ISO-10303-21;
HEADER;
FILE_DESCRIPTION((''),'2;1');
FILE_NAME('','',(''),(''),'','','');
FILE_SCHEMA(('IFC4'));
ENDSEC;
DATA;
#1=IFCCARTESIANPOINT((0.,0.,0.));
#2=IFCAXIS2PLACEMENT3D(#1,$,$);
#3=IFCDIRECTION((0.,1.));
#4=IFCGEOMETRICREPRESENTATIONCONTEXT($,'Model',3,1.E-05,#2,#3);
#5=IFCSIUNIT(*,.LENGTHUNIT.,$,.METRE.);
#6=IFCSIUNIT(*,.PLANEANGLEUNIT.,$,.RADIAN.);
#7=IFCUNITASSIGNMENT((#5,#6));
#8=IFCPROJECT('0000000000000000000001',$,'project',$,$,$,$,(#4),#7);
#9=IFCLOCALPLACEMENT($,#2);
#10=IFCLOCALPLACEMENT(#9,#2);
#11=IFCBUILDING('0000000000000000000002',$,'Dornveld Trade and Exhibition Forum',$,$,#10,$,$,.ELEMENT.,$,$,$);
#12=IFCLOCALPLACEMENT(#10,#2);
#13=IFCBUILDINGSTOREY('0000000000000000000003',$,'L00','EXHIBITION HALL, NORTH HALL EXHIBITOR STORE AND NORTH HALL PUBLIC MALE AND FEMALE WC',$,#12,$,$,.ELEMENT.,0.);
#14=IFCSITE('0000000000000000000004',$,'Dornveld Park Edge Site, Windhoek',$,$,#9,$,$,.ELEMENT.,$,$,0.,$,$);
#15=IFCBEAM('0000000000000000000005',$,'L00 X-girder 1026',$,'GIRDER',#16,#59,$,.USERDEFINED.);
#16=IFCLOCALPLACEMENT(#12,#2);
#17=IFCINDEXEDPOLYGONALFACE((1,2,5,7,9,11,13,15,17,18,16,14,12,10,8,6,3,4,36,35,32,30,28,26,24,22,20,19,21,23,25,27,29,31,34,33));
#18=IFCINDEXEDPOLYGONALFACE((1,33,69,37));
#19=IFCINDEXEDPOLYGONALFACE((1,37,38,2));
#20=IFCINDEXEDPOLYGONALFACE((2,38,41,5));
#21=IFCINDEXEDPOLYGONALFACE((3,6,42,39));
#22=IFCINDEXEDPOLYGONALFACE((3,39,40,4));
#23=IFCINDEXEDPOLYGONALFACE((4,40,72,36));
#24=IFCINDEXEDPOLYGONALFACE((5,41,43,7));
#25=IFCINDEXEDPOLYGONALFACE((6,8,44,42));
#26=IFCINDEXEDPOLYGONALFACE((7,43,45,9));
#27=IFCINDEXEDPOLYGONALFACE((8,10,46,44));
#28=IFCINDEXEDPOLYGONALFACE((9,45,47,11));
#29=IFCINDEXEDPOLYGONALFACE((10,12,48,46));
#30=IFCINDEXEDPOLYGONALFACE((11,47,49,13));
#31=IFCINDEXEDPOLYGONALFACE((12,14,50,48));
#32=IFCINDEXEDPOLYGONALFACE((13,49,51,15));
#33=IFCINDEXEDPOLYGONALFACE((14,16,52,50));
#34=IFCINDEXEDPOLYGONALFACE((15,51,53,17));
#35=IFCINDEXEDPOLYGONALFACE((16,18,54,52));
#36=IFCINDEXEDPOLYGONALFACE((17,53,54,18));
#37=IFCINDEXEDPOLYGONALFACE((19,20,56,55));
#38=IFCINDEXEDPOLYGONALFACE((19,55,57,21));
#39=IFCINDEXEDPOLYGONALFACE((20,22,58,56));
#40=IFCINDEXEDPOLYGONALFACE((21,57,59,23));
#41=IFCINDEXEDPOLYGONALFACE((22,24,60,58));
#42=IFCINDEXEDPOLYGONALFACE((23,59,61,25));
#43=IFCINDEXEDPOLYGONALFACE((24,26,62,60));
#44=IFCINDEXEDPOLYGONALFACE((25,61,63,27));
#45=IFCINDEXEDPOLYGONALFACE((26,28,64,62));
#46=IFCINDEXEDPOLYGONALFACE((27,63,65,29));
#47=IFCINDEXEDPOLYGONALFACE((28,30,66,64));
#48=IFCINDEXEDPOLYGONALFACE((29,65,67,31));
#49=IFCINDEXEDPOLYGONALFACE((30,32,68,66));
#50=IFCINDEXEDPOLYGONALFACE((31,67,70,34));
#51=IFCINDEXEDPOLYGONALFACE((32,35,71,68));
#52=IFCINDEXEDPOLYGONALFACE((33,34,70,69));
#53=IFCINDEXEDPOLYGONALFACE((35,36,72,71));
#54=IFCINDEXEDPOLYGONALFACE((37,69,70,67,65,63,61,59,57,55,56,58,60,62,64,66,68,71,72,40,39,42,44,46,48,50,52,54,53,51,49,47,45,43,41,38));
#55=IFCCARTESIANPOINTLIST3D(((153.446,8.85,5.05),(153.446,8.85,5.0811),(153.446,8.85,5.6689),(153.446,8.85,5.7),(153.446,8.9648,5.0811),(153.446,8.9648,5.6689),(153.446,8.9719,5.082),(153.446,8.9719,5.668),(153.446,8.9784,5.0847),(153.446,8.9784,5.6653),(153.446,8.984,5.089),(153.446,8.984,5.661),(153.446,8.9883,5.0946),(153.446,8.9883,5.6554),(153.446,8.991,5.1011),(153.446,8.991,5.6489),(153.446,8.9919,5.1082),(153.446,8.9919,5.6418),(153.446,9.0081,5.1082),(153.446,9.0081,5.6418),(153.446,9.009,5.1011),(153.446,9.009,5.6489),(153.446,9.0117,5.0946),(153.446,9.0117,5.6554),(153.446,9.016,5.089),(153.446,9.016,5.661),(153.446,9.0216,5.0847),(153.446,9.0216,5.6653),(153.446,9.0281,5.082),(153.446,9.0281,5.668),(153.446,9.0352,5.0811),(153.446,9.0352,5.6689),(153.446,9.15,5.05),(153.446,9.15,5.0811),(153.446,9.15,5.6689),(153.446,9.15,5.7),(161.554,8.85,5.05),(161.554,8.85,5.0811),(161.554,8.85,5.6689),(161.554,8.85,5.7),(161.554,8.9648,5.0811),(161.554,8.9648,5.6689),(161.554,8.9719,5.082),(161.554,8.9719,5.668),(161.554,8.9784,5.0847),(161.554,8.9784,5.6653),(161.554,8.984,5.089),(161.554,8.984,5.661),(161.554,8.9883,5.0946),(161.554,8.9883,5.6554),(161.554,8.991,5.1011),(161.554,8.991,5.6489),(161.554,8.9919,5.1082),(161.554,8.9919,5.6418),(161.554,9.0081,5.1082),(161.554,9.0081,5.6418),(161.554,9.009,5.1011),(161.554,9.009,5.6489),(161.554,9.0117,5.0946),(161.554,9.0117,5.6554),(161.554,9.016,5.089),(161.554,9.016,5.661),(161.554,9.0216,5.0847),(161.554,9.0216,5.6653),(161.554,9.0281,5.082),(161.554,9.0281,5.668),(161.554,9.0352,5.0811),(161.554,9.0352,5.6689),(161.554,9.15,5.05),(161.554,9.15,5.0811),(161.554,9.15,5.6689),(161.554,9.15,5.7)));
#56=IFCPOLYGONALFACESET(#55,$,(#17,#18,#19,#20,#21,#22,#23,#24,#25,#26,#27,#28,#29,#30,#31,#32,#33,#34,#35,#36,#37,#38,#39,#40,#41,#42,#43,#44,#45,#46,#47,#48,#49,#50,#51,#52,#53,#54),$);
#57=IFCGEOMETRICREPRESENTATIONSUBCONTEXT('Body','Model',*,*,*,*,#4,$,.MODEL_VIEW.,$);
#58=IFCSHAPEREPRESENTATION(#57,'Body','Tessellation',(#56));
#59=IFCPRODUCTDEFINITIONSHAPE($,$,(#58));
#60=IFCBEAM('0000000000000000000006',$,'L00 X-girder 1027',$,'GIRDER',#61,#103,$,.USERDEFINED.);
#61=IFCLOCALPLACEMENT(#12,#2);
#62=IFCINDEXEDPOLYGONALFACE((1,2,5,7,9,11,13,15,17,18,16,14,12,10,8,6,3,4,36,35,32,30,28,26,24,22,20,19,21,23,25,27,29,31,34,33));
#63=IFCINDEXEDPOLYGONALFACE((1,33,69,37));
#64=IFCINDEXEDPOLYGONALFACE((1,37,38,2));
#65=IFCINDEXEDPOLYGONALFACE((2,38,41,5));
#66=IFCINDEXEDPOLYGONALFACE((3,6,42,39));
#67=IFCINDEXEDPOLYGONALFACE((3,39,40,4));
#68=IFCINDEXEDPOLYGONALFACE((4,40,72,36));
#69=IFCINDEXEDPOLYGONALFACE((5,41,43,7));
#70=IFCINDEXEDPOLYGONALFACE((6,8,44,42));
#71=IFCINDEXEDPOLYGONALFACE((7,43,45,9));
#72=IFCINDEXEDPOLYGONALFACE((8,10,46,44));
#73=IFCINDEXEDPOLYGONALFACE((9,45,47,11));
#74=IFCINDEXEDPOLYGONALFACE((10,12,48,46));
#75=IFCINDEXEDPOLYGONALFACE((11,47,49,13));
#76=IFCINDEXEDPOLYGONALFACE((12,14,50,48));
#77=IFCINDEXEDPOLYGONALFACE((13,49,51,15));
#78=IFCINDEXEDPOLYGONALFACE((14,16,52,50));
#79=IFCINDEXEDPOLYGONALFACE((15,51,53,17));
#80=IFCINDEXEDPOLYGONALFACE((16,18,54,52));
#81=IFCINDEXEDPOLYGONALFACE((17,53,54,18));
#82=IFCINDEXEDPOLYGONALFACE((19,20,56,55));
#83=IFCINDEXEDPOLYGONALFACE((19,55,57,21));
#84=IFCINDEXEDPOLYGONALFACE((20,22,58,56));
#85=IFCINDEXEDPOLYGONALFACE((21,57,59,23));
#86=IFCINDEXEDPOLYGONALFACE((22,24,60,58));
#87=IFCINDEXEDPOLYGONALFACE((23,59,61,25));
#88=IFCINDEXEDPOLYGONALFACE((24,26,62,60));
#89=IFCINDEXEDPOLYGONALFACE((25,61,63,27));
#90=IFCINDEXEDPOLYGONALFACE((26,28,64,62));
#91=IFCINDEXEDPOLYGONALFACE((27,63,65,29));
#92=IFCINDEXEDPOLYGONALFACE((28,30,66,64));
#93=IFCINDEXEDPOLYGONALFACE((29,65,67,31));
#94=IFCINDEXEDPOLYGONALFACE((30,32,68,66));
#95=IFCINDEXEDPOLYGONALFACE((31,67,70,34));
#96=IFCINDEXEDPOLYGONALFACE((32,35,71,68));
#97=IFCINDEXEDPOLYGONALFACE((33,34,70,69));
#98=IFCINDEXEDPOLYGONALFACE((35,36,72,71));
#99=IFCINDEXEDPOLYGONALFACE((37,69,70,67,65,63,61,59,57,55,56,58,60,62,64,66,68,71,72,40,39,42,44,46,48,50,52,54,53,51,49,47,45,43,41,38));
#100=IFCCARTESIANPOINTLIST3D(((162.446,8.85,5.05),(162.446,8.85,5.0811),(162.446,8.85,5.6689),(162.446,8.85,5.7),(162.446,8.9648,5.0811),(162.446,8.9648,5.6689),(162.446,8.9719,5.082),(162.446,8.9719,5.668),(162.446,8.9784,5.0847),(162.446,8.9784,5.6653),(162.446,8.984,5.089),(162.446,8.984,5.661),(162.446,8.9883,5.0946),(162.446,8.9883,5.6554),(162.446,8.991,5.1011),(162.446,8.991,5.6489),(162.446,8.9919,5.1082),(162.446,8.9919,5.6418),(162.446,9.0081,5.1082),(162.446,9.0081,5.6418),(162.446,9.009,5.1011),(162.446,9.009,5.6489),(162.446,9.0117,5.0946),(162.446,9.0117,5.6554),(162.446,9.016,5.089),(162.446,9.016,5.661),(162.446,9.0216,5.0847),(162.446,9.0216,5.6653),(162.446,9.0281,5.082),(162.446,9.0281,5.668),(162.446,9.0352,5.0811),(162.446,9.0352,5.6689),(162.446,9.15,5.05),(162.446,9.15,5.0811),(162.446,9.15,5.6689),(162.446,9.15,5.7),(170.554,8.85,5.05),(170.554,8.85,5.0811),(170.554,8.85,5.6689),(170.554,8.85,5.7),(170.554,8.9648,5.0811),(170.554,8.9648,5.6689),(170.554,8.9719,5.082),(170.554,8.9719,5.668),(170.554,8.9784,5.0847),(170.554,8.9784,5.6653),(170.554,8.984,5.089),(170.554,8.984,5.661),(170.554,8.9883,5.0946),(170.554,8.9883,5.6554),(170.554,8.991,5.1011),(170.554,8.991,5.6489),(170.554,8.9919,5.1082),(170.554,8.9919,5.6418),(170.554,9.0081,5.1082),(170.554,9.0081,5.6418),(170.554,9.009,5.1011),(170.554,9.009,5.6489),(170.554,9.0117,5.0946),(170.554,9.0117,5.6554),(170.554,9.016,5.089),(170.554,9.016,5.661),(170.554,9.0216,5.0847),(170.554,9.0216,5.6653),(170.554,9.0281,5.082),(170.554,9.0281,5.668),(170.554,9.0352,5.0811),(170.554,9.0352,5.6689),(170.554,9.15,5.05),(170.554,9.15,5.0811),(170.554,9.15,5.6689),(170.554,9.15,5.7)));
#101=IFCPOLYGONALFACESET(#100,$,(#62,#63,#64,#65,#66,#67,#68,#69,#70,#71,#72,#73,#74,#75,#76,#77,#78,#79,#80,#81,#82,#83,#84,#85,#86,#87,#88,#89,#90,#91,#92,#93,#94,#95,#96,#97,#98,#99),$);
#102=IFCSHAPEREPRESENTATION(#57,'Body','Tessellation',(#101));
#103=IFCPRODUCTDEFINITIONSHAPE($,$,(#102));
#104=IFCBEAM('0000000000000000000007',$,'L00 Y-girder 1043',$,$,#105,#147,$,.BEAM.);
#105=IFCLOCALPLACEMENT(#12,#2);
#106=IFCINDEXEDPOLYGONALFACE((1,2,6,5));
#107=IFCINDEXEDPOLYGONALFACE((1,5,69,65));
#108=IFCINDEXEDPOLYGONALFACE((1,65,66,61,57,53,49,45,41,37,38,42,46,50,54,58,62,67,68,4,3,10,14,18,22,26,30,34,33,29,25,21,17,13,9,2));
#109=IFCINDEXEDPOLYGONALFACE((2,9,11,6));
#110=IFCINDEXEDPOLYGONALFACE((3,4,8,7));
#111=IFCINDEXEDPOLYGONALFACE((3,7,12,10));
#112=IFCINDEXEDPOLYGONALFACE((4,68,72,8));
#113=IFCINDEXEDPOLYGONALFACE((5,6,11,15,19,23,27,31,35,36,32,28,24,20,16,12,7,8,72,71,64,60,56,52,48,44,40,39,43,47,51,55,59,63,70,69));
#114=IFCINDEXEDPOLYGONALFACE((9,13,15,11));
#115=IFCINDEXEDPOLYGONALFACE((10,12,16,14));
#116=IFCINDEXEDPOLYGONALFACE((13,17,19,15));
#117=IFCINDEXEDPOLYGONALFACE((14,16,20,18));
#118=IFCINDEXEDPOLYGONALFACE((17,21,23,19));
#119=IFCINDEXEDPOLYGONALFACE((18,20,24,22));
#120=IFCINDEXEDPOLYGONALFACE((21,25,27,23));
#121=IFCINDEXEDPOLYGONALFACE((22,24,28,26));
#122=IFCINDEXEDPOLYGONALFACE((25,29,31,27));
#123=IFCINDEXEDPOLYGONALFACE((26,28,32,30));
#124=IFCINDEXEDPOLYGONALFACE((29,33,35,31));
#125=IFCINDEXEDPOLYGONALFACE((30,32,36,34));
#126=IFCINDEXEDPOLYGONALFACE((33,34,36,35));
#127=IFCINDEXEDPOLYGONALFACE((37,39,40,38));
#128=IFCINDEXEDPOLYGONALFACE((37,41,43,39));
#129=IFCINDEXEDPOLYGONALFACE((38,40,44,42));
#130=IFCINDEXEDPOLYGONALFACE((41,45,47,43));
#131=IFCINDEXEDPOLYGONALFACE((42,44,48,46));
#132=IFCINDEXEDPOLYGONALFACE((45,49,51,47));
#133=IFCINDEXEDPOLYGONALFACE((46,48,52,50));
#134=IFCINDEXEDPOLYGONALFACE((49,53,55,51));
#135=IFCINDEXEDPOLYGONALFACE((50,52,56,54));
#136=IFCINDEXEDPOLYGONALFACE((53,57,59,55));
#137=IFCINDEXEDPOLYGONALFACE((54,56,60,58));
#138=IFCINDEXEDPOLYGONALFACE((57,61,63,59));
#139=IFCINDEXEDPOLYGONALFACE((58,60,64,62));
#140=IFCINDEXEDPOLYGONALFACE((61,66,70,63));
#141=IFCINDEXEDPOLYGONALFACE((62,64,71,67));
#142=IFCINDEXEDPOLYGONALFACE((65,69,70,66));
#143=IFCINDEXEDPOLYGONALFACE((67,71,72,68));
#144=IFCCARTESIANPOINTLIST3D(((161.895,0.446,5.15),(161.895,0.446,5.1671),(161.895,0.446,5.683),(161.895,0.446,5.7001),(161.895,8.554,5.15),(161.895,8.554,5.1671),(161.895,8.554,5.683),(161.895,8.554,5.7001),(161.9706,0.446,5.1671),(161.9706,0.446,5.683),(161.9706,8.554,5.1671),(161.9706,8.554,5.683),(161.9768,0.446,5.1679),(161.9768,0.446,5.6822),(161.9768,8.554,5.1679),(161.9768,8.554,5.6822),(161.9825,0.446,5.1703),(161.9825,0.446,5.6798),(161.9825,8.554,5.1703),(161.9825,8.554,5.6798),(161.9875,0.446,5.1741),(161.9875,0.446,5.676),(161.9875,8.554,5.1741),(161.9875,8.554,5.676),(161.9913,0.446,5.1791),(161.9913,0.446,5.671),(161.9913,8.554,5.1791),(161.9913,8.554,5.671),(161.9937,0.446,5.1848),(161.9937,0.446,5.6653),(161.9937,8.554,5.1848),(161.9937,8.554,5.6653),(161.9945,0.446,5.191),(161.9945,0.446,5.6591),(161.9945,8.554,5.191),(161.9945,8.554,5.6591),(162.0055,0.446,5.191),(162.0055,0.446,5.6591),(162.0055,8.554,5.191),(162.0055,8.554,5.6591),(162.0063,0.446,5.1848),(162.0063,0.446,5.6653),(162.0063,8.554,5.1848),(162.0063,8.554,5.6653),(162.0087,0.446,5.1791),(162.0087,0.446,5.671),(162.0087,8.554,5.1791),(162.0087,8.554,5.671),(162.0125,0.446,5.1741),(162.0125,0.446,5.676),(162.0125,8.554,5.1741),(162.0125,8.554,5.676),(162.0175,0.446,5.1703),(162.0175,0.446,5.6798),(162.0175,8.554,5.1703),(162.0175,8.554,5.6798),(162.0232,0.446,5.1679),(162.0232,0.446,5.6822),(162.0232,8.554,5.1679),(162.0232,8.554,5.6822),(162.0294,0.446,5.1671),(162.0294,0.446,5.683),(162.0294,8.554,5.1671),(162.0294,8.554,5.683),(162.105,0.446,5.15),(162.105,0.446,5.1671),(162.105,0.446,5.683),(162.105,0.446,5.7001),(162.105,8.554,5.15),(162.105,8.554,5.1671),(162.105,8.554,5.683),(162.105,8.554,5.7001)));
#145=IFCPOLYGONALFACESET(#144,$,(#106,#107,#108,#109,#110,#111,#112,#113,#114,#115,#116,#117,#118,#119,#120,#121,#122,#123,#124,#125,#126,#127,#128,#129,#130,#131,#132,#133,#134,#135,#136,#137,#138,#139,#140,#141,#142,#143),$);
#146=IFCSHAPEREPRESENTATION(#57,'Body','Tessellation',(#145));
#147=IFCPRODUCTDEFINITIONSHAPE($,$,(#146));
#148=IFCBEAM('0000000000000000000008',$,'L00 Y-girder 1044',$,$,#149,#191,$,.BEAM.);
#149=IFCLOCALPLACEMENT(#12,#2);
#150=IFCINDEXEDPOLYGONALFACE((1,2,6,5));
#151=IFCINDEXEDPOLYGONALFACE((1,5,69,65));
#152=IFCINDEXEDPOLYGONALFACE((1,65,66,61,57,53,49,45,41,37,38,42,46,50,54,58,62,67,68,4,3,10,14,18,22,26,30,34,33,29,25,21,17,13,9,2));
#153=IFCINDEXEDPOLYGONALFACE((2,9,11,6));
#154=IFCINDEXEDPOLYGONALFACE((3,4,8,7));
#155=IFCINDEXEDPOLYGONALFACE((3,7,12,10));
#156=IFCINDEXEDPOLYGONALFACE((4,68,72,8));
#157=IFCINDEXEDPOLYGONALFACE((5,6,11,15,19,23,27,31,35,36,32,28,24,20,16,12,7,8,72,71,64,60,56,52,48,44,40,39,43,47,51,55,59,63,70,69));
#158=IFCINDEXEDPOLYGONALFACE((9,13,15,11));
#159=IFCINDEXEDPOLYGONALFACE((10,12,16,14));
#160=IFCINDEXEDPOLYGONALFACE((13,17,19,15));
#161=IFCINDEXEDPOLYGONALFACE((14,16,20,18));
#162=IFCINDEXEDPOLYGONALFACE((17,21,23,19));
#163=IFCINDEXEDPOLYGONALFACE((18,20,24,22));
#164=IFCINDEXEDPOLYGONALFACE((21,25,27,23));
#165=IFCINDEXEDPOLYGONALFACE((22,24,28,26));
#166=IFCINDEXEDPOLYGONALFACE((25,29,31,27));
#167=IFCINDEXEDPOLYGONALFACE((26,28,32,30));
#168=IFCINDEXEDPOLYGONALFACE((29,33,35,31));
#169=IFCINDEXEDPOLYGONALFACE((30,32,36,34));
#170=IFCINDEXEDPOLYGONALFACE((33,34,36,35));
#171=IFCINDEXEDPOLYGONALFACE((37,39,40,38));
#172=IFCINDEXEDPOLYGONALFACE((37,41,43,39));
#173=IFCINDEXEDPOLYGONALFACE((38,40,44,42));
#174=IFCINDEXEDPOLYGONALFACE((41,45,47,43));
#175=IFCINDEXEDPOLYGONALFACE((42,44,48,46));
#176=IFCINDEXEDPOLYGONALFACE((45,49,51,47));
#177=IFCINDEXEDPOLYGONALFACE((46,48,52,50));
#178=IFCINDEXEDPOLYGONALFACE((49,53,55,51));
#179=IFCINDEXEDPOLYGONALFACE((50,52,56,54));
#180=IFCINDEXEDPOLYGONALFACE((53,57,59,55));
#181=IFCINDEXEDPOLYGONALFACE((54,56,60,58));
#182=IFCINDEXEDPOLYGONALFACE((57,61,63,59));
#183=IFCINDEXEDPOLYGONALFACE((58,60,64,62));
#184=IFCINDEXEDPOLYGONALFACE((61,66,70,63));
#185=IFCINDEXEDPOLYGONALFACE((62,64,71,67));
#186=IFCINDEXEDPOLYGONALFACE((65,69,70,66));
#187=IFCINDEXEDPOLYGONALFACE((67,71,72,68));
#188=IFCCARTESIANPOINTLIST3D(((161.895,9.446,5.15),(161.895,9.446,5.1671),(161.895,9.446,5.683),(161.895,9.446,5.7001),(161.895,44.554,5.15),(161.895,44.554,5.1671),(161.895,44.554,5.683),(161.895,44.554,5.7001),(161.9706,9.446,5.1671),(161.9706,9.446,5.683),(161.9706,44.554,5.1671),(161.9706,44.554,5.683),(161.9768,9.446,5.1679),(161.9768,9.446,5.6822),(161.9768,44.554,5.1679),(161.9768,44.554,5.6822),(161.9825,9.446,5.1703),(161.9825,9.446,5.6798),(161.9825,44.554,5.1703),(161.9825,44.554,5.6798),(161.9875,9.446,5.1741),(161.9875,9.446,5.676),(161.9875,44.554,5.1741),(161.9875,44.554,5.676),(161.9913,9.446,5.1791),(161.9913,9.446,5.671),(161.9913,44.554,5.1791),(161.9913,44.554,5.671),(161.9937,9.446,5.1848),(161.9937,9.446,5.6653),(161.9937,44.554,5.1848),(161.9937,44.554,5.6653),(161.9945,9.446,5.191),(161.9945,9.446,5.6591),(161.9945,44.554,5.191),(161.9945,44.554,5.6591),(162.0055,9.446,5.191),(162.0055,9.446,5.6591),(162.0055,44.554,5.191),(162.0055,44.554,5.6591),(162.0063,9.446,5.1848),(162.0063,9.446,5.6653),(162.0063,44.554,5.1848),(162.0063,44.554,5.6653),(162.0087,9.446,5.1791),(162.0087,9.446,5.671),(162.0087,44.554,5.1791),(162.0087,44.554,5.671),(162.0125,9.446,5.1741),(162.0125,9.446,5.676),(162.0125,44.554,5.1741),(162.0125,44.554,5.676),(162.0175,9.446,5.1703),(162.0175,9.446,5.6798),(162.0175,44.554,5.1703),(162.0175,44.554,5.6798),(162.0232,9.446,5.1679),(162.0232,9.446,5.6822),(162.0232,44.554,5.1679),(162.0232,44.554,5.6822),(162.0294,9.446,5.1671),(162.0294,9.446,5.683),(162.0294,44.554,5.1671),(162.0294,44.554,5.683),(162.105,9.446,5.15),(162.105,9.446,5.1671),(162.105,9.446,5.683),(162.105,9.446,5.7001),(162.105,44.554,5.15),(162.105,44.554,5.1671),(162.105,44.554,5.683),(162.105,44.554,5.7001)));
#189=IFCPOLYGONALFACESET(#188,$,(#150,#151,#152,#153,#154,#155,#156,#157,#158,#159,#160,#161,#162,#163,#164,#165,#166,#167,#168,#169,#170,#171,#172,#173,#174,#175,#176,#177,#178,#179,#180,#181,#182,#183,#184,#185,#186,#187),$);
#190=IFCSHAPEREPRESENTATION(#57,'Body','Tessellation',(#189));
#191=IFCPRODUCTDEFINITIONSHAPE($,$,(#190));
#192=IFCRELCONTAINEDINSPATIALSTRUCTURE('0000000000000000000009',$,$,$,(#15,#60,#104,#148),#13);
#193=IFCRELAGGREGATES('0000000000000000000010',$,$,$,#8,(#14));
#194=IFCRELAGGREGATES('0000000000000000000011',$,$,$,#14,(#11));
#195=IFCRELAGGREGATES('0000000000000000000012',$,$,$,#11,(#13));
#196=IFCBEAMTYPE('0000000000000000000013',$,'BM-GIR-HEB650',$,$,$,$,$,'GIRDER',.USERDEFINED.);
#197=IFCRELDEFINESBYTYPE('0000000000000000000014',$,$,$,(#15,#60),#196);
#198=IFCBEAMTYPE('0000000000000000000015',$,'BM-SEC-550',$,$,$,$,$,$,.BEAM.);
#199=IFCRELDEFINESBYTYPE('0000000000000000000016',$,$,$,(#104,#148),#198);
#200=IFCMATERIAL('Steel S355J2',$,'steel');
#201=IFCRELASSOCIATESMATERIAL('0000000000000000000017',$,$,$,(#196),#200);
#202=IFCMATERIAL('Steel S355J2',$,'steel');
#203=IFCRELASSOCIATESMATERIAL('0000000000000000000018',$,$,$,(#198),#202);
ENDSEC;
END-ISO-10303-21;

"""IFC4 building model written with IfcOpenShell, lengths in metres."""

from ifc_helpers import new_model, si_unit, direction, frame, origin, origin_2d, place, context, subcontext, project, spatial, i_section, extrude, material, material_profile, profile_set, type_object, element, save


model = new_model("IFC4")

# Units and contexts
model_context = context("Model", 3, precision=1e-05, world=origin(), true_north=direction((0.0, 1.0)))
body_context = subcontext(model_context, "Body", "Model", "MODEL_VIEW")
ifc_project = project(units=[si_unit("LENGTHUNIT", "METRE"), si_unit("PLANEANGLEUNIT", "RADIAN")], contexts=[model_context])

# Site, building, storey
site_placement = place(None, origin())
site = spatial("IfcSite", under=ifc_project, at=site_placement, Name="Dornveld Park Edge Site, Windhoek", CompositionType="ELEMENT", RefElevation=0.0)
building_placement = place(site_placement, origin())
building = spatial("IfcBuilding", under=site, at=building_placement, Name="Dornveld Trade and Exhibition Forum", CompositionType="ELEMENT")
storey_placement = place(building_placement, origin())
storey = spatial("IfcBuildingStorey", under=building, at=storey_placement, Name="L00", Description="EXHIBITION HALL, NORTH HALL EXHIBITOR STORE AND NORTH HALL PUBLIC MALE AND FEMALE WC", CompositionType="ELEMENT", Elevation=0.0)

# Beams
ifc_material_1 = material(Name="Steel S355J2", Category="steel")
ifc_material_profile_1 = material_profile(ifc_material_1, i_section(OverallWidth=0.3, OverallDepth=0.6499, WebThickness=0.0161, FlangeThickness=0.031, FilletRadius=0.0271, at=origin_2d()), Name="HEB 650")
ifc_profile_set_1 = profile_set([ifc_material_profile_1], Name="Steel S355J2")
beam_type_1 = type_object("IfcBeamType", Name="BM-GIR-HEB650", ElementType="GIRDER", PredefinedType="USERDEFINED", material=ifc_profile_set_1)
for number, where, z_axis, x_axis, name in (
    (1, (153.446, 9.0, 5.375), (1.0, 0.0, 0.0), (0.0, 1.0, 0.0), "L00 X-girder 1026"),
    (2, (162.446, 9.0, 5.375), (1.0, 0.0, 0.0), (0.0, 1.0, 0.0), "L00 X-girder 1027"),
):
    element("IfcBeam", number, at=place(storey_placement, frame(where, z_axis=z_axis, x_axis=x_axis)), inside=storey, type_object=beam_type_1, Name=name, ObjectType="GIRDER", PredefinedType="USERDEFINED", context=body_context, shape_type="SweptSolid", body=[
        extrude(i_section(OverallWidth=0.3, OverallDepth=0.6499, WebThickness=0.0161, FlangeThickness=0.031, FilletRadius=0.0271, at=origin_2d()), origin(), (0.0, 0.0, 1.0), 8.1079),
    ])
ifc_material_2 = material(Name="Steel S355J2", Category="steel")
ifc_material_profile_2 = material_profile(ifc_material_2, i_section(OverallWidth=0.21, OverallDepth=0.55, WebThickness=0.011, FlangeThickness=0.0171, FilletRadius=0.0239, at=origin_2d()), Name="IPE 550")
ifc_profile_set_2 = profile_set([ifc_material_profile_2], Name="Steel S355J2")
beam_type_2 = type_object("IfcBeamType", Name="BM-SEC-550", PredefinedType="BEAM", material=ifc_profile_set_2)
beam_1_placement = place(storey_placement, frame((162.0, 0.446, 5.425), z_axis=(0.0, 1.0, 0.0), x_axis=(-1.0, 0.0, 0.0)))
element("IfcBeam", 3, at=beam_1_placement, inside=storey, type_object=beam_type_2, Name="L00 Y-girder 1043", PredefinedType="BEAM", context=body_context, shape_type="SweptSolid", body=[
    extrude(i_section(OverallWidth=0.21, OverallDepth=0.55, WebThickness=0.011, FlangeThickness=0.0171, FilletRadius=0.0239, at=origin_2d()), origin(), (0.0, 0.0, 1.0), 8.1079),
])
beam_2_placement = place(storey_placement, frame((162.0, 9.446, 5.425), z_axis=(0.0, 1.0, 0.0), x_axis=(-1.0, 0.0, 0.0)))
element("IfcBeam", 4, at=beam_2_placement, inside=storey, type_object=beam_type_2, Name="L00 Y-girder 1044", PredefinedType="BEAM", context=body_context, shape_type="SweptSolid", body=[
    extrude(i_section(OverallWidth=0.21, OverallDepth=0.55, WebThickness=0.011, FlangeThickness=0.0171, FilletRadius=0.0239, at=origin_2d()), origin(), (0.0, 0.0, 1.0), 35.1079),
])

save(model, "model.ifc")
